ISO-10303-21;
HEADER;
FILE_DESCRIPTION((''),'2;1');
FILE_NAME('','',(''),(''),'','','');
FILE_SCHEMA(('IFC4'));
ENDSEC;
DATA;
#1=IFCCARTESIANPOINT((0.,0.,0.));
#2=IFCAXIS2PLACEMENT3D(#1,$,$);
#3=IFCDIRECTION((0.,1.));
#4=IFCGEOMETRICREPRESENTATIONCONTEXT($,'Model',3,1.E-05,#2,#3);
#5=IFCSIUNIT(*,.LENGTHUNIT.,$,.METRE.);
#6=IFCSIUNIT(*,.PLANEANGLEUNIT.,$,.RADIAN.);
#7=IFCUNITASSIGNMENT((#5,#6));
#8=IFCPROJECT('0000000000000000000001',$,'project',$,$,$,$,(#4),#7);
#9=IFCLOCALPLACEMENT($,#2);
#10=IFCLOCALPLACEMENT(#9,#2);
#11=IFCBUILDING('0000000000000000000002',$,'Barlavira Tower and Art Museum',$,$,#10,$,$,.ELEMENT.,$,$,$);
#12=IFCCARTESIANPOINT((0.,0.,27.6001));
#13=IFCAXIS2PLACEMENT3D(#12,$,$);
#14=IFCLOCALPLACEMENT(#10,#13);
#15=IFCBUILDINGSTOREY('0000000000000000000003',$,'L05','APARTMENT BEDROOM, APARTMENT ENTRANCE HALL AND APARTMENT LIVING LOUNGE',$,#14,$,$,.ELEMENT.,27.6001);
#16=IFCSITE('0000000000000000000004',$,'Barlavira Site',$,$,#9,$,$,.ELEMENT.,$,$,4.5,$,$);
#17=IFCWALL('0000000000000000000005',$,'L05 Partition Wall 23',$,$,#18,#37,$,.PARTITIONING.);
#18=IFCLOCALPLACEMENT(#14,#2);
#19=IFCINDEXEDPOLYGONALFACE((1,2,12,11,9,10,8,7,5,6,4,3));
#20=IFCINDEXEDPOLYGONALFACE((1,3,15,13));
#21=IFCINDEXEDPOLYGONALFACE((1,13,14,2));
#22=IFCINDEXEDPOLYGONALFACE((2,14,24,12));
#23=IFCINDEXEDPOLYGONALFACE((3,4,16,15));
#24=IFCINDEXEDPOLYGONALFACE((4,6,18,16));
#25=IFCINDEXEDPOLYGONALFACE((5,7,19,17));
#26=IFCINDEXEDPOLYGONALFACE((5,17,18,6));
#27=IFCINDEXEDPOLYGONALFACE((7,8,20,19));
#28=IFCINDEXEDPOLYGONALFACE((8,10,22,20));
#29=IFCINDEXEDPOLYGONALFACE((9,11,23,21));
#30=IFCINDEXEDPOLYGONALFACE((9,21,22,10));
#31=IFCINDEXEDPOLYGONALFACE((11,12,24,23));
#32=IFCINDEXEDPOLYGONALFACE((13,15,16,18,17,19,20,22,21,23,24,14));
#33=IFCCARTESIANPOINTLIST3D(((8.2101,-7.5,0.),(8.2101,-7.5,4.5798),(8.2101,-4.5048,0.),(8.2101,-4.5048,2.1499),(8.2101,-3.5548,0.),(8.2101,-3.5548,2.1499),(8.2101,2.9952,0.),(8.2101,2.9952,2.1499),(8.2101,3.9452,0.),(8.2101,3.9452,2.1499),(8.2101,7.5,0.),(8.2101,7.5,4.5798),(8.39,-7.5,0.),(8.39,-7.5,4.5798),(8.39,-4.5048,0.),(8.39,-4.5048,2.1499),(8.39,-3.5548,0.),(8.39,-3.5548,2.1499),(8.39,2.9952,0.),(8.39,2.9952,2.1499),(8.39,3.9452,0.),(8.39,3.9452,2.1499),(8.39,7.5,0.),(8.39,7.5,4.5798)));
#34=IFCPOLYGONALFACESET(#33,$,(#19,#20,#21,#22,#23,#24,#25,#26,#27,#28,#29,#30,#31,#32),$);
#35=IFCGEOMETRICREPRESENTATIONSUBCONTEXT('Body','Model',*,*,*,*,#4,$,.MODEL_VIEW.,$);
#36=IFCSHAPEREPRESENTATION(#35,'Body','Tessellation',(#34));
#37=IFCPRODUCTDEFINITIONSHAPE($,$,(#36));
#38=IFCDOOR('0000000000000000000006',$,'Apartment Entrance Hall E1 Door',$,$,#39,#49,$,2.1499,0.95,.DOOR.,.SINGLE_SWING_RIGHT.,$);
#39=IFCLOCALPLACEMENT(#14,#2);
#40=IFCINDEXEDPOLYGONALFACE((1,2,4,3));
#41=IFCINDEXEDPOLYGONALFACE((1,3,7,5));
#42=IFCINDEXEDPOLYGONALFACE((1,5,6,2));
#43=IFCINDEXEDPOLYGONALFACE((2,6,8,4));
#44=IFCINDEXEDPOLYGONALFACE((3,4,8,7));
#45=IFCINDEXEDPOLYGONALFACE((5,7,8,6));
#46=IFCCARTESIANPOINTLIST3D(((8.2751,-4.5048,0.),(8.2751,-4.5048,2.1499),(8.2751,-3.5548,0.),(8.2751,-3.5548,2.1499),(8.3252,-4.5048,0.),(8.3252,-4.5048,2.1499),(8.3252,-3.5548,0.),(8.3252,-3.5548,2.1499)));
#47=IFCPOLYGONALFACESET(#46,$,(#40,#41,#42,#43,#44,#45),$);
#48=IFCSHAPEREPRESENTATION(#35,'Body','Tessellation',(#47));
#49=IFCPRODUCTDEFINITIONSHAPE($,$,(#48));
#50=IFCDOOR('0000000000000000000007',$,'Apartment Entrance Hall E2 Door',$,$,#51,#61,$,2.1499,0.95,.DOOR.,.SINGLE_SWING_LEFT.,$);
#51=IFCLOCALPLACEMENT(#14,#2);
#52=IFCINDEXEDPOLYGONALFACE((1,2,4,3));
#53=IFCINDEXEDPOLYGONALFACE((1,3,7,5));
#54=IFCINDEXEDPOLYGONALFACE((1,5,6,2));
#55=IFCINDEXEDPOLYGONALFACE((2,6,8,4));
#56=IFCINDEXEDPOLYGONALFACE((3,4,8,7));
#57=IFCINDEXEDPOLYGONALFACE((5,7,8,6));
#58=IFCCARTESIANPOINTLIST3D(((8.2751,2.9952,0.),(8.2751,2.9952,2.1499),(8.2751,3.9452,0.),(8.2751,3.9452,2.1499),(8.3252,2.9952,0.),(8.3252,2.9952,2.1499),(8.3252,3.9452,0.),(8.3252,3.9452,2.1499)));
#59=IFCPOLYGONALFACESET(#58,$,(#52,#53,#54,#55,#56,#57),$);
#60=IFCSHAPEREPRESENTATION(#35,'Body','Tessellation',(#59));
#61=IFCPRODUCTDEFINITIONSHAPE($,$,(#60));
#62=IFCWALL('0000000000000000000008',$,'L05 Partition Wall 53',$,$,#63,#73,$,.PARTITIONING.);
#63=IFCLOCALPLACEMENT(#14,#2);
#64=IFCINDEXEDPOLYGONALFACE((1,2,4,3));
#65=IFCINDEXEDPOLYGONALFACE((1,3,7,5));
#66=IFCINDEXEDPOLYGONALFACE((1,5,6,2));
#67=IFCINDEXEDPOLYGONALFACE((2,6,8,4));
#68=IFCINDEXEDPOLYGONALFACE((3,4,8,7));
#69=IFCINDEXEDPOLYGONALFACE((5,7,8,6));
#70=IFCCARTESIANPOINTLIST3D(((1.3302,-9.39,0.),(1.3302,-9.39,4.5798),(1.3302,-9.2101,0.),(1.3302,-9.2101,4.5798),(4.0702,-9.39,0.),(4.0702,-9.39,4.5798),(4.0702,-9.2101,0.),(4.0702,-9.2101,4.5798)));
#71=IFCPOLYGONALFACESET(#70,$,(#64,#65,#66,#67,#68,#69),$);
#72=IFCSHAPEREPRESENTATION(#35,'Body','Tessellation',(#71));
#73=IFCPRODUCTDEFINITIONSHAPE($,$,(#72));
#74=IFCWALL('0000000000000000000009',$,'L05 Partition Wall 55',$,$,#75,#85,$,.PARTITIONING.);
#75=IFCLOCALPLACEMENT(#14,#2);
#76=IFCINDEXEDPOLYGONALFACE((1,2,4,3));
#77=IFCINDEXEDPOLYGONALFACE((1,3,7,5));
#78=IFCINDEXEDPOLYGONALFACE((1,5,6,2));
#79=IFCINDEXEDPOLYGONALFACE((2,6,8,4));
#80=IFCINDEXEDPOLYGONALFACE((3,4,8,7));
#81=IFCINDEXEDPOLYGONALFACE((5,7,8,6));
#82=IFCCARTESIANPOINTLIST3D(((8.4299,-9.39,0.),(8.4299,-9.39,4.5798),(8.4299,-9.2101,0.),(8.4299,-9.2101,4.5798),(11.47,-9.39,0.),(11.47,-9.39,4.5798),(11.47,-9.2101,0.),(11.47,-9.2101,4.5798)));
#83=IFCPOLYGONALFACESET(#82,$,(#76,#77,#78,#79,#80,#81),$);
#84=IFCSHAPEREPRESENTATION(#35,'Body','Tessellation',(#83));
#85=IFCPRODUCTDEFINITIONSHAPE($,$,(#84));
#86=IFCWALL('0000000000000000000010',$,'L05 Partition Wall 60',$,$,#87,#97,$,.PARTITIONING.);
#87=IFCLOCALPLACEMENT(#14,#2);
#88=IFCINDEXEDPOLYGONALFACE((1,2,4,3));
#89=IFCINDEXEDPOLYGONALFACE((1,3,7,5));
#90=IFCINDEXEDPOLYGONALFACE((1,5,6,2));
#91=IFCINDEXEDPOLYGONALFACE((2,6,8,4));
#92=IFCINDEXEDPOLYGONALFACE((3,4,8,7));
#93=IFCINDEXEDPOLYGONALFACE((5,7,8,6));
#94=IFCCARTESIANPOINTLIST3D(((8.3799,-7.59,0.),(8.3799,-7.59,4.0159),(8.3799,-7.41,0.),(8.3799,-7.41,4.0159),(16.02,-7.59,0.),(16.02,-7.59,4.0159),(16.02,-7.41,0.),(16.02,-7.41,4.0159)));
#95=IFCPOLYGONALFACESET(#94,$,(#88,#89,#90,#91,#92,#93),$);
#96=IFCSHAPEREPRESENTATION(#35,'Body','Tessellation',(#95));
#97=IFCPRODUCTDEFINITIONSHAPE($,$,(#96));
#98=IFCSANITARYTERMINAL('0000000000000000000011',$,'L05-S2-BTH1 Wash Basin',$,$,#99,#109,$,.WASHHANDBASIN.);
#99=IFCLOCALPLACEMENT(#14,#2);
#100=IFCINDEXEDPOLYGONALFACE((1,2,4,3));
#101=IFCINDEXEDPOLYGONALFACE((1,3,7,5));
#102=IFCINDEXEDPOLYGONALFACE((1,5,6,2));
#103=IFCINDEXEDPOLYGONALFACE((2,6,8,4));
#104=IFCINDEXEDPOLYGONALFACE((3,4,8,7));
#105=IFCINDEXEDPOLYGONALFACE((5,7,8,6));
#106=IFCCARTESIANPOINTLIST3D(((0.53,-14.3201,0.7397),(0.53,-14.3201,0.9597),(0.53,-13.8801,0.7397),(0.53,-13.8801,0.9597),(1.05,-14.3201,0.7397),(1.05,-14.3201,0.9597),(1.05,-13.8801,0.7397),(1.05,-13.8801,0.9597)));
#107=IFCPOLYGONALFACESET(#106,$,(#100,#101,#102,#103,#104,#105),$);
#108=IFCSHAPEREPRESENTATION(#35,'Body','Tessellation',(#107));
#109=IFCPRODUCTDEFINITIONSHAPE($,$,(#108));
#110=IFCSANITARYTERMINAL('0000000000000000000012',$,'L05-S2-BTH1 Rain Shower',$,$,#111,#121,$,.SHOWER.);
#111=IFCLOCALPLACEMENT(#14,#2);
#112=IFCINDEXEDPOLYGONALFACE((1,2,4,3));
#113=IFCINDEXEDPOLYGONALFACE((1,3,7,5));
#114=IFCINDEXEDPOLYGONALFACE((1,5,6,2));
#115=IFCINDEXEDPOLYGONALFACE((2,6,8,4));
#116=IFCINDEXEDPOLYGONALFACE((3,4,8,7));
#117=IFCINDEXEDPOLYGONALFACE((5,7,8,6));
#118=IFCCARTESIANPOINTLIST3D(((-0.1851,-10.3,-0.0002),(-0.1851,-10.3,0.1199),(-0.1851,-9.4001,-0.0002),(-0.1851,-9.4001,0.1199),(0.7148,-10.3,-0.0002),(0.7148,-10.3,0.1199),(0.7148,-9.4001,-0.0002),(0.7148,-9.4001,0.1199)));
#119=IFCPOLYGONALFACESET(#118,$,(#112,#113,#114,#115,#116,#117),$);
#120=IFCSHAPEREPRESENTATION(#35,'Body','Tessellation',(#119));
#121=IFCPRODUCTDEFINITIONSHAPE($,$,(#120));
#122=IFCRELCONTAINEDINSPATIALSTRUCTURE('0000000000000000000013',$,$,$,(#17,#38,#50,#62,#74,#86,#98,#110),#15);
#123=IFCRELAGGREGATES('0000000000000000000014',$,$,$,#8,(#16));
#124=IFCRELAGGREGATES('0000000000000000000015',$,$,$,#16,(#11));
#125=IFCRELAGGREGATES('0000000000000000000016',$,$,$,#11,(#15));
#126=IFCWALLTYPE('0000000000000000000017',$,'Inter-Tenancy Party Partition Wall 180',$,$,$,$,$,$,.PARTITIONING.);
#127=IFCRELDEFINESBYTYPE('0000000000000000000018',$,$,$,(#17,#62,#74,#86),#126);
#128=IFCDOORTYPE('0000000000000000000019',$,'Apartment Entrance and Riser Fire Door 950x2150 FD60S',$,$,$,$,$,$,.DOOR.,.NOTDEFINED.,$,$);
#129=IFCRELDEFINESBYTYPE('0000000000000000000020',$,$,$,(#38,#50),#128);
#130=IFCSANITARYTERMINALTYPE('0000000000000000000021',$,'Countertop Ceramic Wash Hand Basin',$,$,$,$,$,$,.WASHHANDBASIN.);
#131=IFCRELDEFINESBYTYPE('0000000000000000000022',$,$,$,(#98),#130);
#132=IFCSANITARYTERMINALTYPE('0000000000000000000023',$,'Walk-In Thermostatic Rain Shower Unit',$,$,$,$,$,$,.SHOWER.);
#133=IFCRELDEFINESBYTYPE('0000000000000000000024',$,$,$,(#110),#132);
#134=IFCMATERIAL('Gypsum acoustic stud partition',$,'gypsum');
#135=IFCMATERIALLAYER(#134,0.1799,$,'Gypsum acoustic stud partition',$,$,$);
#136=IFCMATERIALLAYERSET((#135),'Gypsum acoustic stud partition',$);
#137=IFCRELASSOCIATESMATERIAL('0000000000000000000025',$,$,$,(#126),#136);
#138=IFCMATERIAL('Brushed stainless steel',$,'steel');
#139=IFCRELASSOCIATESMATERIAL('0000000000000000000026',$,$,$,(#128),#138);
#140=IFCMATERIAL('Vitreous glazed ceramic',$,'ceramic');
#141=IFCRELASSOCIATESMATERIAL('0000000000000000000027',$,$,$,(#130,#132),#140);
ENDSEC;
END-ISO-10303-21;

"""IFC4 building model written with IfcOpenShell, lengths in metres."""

from ifc_helpers import new_model, si_unit, direction, frame, frame_2d, origin, origin_2d, place, context, subcontext, project, spatial, rectangle, extrude, material, layer, layer_set, type_object, element, fill, save


model = new_model("IFC4")

# Units and contexts
model_context = context("Model", 3, precision=1e-05, world=origin(), true_north=direction((0.0, 1.0)))
body_context = subcontext(model_context, "Body", "Model", "MODEL_VIEW")
ifc_project = project(units=[si_unit("LENGTHUNIT", "METRE"), si_unit("PLANEANGLEUNIT", "RADIAN")], contexts=[model_context])

# Site, building, storey
site_placement = place(None, origin())
site = spatial("IfcSite", under=ifc_project, at=site_placement, Name="Barlavira Site", CompositionType="ELEMENT", RefElevation=4.5)
building_placement = place(site_placement, origin())
building = spatial("IfcBuilding", under=site, at=building_placement, Name="Barlavira Tower and Art Museum", CompositionType="ELEMENT")
storey_placement = place(building_placement, frame((0.0, 0.0, 27.6001)))
storey = spatial("IfcBuildingStorey", under=building, at=storey_placement, Name="L05", Description="APARTMENT BEDROOM, APARTMENT ENTRANCE HALL AND APARTMENT LIVING LOUNGE", CompositionType="ELEMENT", Elevation=27.6001)

# Wall, openings, doors
ifc_material_1 = material(Name="Gypsum acoustic stud partition", Category="gypsum")
ifc_layer = layer(ifc_material_1, 0.1799, Name="Gypsum acoustic stud partition")
ifc_layer_set = layer_set([ifc_layer], Name="Gypsum acoustic stud partition")
wall_type = type_object("IfcWallType", Name="Inter-Tenancy Party Partition Wall 180", PredefinedType="PARTITIONING", material=ifc_layer_set)
wall_1_placement = place(storey_placement, frame((8.3, -7.5, 0.0), z_axis=(0.0, 0.0, 1.0), x_axis=(0.0, 1.0, 0.0)))
wall_1 = element("IfcWall", 1, at=wall_1_placement, inside=storey, type_object=wall_type, Name="L05 Partition Wall 23", PredefinedType="PARTITIONING", context=body_context, shape_type="SweptSolid", body=[
    extrude(rectangle(XDim=15.0, YDim=0.1799, at=frame_2d((7.5, 0.0))), origin(), (0.0, 0.0, 1.0), 4.5798),
])
opening_1_placement = place(wall_1_placement, frame((2.9951, 0.0, 0.0)))
opening_1 = element("IfcOpeningElement", 2, at=opening_1_placement, cuts=wall_1, PredefinedType="OPENING", context=body_context, shape_type="SweptSolid", body=[
    extrude(rectangle(XDim=0.95, YDim=2.1499, at=frame_2d((0.4751, 1.075))), frame((0.0, 0.1001, 0.0), z_axis=(0.0, -1.0, 0.0), x_axis=(1.0, 0.0, 0.0)), (0.0, 0.0, 1.0), 0.2),
])
opening_2_placement = place(wall_1_placement, frame((10.4951, 0.0, 0.0)))
opening_2 = element("IfcOpeningElement", 3, at=opening_2_placement, cuts=wall_1, PredefinedType="OPENING", context=body_context, shape_type="SweptSolid", body=[
    extrude(rectangle(XDim=0.95, YDim=2.1499, at=frame_2d((0.4751, 1.075))), frame((0.0, 0.1001, 0.0), z_axis=(0.0, -1.0, 0.0), x_axis=(1.0, 0.0, 0.0)), (0.0, 0.0, 1.0), 0.2),
])
ifc_material_2 = material(Name="Brushed stainless steel", Category="steel")
door_type = type_object("IfcDoorType", Name="Apartment Entrance and Riser Fire Door 950x2150 FD60S", OperationType="NOTDEFINED", PredefinedType="DOOR", material=ifc_material_2)
door_1_placement = place(opening_1_placement, origin())
door_1 = element("IfcDoor", 4, at=door_1_placement, inside=storey, type_object=door_type, Name="Apartment Entrance Hall E1 Door", OperationType="SINGLE_SWING_RIGHT", OverallHeight=2.1499, OverallWidth=0.95, PredefinedType="DOOR", context=body_context, shape_type="SweptSolid", body=[
    extrude(rectangle(XDim=0.95, YDim=2.1499, at=frame_2d((0.4751, 1.075))), frame((0.0, 0.0249, 0.0), z_axis=(0.0, -1.0, 0.0), x_axis=(1.0, 0.0, 0.0)), (0.0, 0.0, 1.0), 0.05),
])
fill(opening_1, door_1)
door_2_placement = place(opening_2_placement, origin())
door_2 = element("IfcDoor", 5, at=door_2_placement, inside=storey, type_object=door_type, Name="Apartment Entrance Hall E2 Door", OperationType="SINGLE_SWING_LEFT", OverallHeight=2.1499, OverallWidth=0.95, PredefinedType="DOOR", context=body_context, shape_type="SweptSolid", body=[
    extrude(rectangle(XDim=0.95, YDim=2.1499, at=frame_2d((0.4751, 1.075))), frame((0.0, 0.0249, 0.0), z_axis=(0.0, -1.0, 0.0), x_axis=(1.0, 0.0, 0.0)), (0.0, 0.0, 1.0), 0.05),
])
fill(opening_2, door_2)

# Wall
wall_2_placement = place(storey_placement, frame((1.3301, -9.3, 0.0), z_axis=(0.0, 0.0, 1.0), x_axis=(1.0, 0.0, 0.0)))
element("IfcWall", 6, at=wall_2_placement, inside=storey, type_object=wall_type, Name="L05 Partition Wall 53", PredefinedType="PARTITIONING", context=body_context, shape_type="SweptSolid", body=[
    extrude(rectangle(XDim=2.74, YDim=0.1799, at=frame_2d((1.3701, 0.0))), origin(), (0.0, 0.0, 1.0), 4.5798),
])

# Walls
wall_3_placement = place(storey_placement, frame((8.4299, -9.3, 0.0), z_axis=(0.0, 0.0, 1.0), x_axis=(1.0, 0.0, 0.0)))
element("IfcWall", 7, at=wall_3_placement, inside=storey, type_object=wall_type, Name="L05 Partition Wall 55", PredefinedType="PARTITIONING", context=body_context, shape_type="SweptSolid", body=[
    extrude(rectangle(XDim=3.04, YDim=0.1799, at=frame_2d((1.52, 0.0))), origin(), (0.0, 0.0, 1.0), 4.5798),
])
wall_4_placement = place(storey_placement, frame((8.3799, -7.5, 0.0), z_axis=(0.0, 0.0, 1.0), x_axis=(1.0, 0.0, 0.0)))
element("IfcWall", 8, at=wall_4_placement, inside=storey, type_object=wall_type, Name="L05 Partition Wall 60", PredefinedType="PARTITIONING", context=body_context, shape_type="SweptSolid", body=[
    extrude(rectangle(XDim=7.6401, YDim=0.1799, at=frame_2d((3.8201, 0.0))), origin(), (0.0, 0.0, 1.0), 4.0159),
])

# Sanitary terminals
ifc_material_3 = material(Name="Vitreous glazed ceramic", Category="ceramic")
sanitary_terminal_type_1 = type_object("IfcSanitaryTerminalType", Name="Countertop Ceramic Wash Hand Basin", PredefinedType="WASHHANDBASIN", material=ifc_material_3)
sanitary_terminal_1_placement = place(storey_placement, frame((0.79, -14.1001, 0.7397), z_axis=(0.0, 0.0, 1.0), x_axis=(1.0, 0.0, 0.0)))
element("IfcSanitaryTerminal", 9, at=sanitary_terminal_1_placement, inside=storey, type_object=sanitary_terminal_type_1, Name="L05-S2-BTH1 Wash Basin", PredefinedType="WASHHANDBASIN", context=body_context, shape_type="SweptSolid", body=[
    extrude(rectangle(XDim=0.52, YDim=0.4399, at=origin_2d()), origin(), (0.0, 0.0, 1.0), 0.22),
])
sanitary_terminal_type_2 = type_object("IfcSanitaryTerminalType", Name="Walk-In Thermostatic Rain Shower Unit", PredefinedType="SHOWER", material=ifc_material_3)
sanitary_terminal_2_placement = place(storey_placement, frame((0.2649, -9.8501, -0.0002), z_axis=(0.0, 0.0, 1.0), x_axis=(1.0, 0.0, 0.0)))
element("IfcSanitaryTerminal", 10, at=sanitary_terminal_2_placement, inside=storey, type_object=sanitary_terminal_type_2, Name="L05-S2-BTH1 Rain Shower", PredefinedType="SHOWER", context=body_context, shape_type="SweptSolid", body=[
    extrude(rectangle(XDim=0.8999, YDim=0.8999, at=origin_2d()), origin(), (0.0, 0.0, 1.0), 0.1201),
])

save(model, "model.ifc")
